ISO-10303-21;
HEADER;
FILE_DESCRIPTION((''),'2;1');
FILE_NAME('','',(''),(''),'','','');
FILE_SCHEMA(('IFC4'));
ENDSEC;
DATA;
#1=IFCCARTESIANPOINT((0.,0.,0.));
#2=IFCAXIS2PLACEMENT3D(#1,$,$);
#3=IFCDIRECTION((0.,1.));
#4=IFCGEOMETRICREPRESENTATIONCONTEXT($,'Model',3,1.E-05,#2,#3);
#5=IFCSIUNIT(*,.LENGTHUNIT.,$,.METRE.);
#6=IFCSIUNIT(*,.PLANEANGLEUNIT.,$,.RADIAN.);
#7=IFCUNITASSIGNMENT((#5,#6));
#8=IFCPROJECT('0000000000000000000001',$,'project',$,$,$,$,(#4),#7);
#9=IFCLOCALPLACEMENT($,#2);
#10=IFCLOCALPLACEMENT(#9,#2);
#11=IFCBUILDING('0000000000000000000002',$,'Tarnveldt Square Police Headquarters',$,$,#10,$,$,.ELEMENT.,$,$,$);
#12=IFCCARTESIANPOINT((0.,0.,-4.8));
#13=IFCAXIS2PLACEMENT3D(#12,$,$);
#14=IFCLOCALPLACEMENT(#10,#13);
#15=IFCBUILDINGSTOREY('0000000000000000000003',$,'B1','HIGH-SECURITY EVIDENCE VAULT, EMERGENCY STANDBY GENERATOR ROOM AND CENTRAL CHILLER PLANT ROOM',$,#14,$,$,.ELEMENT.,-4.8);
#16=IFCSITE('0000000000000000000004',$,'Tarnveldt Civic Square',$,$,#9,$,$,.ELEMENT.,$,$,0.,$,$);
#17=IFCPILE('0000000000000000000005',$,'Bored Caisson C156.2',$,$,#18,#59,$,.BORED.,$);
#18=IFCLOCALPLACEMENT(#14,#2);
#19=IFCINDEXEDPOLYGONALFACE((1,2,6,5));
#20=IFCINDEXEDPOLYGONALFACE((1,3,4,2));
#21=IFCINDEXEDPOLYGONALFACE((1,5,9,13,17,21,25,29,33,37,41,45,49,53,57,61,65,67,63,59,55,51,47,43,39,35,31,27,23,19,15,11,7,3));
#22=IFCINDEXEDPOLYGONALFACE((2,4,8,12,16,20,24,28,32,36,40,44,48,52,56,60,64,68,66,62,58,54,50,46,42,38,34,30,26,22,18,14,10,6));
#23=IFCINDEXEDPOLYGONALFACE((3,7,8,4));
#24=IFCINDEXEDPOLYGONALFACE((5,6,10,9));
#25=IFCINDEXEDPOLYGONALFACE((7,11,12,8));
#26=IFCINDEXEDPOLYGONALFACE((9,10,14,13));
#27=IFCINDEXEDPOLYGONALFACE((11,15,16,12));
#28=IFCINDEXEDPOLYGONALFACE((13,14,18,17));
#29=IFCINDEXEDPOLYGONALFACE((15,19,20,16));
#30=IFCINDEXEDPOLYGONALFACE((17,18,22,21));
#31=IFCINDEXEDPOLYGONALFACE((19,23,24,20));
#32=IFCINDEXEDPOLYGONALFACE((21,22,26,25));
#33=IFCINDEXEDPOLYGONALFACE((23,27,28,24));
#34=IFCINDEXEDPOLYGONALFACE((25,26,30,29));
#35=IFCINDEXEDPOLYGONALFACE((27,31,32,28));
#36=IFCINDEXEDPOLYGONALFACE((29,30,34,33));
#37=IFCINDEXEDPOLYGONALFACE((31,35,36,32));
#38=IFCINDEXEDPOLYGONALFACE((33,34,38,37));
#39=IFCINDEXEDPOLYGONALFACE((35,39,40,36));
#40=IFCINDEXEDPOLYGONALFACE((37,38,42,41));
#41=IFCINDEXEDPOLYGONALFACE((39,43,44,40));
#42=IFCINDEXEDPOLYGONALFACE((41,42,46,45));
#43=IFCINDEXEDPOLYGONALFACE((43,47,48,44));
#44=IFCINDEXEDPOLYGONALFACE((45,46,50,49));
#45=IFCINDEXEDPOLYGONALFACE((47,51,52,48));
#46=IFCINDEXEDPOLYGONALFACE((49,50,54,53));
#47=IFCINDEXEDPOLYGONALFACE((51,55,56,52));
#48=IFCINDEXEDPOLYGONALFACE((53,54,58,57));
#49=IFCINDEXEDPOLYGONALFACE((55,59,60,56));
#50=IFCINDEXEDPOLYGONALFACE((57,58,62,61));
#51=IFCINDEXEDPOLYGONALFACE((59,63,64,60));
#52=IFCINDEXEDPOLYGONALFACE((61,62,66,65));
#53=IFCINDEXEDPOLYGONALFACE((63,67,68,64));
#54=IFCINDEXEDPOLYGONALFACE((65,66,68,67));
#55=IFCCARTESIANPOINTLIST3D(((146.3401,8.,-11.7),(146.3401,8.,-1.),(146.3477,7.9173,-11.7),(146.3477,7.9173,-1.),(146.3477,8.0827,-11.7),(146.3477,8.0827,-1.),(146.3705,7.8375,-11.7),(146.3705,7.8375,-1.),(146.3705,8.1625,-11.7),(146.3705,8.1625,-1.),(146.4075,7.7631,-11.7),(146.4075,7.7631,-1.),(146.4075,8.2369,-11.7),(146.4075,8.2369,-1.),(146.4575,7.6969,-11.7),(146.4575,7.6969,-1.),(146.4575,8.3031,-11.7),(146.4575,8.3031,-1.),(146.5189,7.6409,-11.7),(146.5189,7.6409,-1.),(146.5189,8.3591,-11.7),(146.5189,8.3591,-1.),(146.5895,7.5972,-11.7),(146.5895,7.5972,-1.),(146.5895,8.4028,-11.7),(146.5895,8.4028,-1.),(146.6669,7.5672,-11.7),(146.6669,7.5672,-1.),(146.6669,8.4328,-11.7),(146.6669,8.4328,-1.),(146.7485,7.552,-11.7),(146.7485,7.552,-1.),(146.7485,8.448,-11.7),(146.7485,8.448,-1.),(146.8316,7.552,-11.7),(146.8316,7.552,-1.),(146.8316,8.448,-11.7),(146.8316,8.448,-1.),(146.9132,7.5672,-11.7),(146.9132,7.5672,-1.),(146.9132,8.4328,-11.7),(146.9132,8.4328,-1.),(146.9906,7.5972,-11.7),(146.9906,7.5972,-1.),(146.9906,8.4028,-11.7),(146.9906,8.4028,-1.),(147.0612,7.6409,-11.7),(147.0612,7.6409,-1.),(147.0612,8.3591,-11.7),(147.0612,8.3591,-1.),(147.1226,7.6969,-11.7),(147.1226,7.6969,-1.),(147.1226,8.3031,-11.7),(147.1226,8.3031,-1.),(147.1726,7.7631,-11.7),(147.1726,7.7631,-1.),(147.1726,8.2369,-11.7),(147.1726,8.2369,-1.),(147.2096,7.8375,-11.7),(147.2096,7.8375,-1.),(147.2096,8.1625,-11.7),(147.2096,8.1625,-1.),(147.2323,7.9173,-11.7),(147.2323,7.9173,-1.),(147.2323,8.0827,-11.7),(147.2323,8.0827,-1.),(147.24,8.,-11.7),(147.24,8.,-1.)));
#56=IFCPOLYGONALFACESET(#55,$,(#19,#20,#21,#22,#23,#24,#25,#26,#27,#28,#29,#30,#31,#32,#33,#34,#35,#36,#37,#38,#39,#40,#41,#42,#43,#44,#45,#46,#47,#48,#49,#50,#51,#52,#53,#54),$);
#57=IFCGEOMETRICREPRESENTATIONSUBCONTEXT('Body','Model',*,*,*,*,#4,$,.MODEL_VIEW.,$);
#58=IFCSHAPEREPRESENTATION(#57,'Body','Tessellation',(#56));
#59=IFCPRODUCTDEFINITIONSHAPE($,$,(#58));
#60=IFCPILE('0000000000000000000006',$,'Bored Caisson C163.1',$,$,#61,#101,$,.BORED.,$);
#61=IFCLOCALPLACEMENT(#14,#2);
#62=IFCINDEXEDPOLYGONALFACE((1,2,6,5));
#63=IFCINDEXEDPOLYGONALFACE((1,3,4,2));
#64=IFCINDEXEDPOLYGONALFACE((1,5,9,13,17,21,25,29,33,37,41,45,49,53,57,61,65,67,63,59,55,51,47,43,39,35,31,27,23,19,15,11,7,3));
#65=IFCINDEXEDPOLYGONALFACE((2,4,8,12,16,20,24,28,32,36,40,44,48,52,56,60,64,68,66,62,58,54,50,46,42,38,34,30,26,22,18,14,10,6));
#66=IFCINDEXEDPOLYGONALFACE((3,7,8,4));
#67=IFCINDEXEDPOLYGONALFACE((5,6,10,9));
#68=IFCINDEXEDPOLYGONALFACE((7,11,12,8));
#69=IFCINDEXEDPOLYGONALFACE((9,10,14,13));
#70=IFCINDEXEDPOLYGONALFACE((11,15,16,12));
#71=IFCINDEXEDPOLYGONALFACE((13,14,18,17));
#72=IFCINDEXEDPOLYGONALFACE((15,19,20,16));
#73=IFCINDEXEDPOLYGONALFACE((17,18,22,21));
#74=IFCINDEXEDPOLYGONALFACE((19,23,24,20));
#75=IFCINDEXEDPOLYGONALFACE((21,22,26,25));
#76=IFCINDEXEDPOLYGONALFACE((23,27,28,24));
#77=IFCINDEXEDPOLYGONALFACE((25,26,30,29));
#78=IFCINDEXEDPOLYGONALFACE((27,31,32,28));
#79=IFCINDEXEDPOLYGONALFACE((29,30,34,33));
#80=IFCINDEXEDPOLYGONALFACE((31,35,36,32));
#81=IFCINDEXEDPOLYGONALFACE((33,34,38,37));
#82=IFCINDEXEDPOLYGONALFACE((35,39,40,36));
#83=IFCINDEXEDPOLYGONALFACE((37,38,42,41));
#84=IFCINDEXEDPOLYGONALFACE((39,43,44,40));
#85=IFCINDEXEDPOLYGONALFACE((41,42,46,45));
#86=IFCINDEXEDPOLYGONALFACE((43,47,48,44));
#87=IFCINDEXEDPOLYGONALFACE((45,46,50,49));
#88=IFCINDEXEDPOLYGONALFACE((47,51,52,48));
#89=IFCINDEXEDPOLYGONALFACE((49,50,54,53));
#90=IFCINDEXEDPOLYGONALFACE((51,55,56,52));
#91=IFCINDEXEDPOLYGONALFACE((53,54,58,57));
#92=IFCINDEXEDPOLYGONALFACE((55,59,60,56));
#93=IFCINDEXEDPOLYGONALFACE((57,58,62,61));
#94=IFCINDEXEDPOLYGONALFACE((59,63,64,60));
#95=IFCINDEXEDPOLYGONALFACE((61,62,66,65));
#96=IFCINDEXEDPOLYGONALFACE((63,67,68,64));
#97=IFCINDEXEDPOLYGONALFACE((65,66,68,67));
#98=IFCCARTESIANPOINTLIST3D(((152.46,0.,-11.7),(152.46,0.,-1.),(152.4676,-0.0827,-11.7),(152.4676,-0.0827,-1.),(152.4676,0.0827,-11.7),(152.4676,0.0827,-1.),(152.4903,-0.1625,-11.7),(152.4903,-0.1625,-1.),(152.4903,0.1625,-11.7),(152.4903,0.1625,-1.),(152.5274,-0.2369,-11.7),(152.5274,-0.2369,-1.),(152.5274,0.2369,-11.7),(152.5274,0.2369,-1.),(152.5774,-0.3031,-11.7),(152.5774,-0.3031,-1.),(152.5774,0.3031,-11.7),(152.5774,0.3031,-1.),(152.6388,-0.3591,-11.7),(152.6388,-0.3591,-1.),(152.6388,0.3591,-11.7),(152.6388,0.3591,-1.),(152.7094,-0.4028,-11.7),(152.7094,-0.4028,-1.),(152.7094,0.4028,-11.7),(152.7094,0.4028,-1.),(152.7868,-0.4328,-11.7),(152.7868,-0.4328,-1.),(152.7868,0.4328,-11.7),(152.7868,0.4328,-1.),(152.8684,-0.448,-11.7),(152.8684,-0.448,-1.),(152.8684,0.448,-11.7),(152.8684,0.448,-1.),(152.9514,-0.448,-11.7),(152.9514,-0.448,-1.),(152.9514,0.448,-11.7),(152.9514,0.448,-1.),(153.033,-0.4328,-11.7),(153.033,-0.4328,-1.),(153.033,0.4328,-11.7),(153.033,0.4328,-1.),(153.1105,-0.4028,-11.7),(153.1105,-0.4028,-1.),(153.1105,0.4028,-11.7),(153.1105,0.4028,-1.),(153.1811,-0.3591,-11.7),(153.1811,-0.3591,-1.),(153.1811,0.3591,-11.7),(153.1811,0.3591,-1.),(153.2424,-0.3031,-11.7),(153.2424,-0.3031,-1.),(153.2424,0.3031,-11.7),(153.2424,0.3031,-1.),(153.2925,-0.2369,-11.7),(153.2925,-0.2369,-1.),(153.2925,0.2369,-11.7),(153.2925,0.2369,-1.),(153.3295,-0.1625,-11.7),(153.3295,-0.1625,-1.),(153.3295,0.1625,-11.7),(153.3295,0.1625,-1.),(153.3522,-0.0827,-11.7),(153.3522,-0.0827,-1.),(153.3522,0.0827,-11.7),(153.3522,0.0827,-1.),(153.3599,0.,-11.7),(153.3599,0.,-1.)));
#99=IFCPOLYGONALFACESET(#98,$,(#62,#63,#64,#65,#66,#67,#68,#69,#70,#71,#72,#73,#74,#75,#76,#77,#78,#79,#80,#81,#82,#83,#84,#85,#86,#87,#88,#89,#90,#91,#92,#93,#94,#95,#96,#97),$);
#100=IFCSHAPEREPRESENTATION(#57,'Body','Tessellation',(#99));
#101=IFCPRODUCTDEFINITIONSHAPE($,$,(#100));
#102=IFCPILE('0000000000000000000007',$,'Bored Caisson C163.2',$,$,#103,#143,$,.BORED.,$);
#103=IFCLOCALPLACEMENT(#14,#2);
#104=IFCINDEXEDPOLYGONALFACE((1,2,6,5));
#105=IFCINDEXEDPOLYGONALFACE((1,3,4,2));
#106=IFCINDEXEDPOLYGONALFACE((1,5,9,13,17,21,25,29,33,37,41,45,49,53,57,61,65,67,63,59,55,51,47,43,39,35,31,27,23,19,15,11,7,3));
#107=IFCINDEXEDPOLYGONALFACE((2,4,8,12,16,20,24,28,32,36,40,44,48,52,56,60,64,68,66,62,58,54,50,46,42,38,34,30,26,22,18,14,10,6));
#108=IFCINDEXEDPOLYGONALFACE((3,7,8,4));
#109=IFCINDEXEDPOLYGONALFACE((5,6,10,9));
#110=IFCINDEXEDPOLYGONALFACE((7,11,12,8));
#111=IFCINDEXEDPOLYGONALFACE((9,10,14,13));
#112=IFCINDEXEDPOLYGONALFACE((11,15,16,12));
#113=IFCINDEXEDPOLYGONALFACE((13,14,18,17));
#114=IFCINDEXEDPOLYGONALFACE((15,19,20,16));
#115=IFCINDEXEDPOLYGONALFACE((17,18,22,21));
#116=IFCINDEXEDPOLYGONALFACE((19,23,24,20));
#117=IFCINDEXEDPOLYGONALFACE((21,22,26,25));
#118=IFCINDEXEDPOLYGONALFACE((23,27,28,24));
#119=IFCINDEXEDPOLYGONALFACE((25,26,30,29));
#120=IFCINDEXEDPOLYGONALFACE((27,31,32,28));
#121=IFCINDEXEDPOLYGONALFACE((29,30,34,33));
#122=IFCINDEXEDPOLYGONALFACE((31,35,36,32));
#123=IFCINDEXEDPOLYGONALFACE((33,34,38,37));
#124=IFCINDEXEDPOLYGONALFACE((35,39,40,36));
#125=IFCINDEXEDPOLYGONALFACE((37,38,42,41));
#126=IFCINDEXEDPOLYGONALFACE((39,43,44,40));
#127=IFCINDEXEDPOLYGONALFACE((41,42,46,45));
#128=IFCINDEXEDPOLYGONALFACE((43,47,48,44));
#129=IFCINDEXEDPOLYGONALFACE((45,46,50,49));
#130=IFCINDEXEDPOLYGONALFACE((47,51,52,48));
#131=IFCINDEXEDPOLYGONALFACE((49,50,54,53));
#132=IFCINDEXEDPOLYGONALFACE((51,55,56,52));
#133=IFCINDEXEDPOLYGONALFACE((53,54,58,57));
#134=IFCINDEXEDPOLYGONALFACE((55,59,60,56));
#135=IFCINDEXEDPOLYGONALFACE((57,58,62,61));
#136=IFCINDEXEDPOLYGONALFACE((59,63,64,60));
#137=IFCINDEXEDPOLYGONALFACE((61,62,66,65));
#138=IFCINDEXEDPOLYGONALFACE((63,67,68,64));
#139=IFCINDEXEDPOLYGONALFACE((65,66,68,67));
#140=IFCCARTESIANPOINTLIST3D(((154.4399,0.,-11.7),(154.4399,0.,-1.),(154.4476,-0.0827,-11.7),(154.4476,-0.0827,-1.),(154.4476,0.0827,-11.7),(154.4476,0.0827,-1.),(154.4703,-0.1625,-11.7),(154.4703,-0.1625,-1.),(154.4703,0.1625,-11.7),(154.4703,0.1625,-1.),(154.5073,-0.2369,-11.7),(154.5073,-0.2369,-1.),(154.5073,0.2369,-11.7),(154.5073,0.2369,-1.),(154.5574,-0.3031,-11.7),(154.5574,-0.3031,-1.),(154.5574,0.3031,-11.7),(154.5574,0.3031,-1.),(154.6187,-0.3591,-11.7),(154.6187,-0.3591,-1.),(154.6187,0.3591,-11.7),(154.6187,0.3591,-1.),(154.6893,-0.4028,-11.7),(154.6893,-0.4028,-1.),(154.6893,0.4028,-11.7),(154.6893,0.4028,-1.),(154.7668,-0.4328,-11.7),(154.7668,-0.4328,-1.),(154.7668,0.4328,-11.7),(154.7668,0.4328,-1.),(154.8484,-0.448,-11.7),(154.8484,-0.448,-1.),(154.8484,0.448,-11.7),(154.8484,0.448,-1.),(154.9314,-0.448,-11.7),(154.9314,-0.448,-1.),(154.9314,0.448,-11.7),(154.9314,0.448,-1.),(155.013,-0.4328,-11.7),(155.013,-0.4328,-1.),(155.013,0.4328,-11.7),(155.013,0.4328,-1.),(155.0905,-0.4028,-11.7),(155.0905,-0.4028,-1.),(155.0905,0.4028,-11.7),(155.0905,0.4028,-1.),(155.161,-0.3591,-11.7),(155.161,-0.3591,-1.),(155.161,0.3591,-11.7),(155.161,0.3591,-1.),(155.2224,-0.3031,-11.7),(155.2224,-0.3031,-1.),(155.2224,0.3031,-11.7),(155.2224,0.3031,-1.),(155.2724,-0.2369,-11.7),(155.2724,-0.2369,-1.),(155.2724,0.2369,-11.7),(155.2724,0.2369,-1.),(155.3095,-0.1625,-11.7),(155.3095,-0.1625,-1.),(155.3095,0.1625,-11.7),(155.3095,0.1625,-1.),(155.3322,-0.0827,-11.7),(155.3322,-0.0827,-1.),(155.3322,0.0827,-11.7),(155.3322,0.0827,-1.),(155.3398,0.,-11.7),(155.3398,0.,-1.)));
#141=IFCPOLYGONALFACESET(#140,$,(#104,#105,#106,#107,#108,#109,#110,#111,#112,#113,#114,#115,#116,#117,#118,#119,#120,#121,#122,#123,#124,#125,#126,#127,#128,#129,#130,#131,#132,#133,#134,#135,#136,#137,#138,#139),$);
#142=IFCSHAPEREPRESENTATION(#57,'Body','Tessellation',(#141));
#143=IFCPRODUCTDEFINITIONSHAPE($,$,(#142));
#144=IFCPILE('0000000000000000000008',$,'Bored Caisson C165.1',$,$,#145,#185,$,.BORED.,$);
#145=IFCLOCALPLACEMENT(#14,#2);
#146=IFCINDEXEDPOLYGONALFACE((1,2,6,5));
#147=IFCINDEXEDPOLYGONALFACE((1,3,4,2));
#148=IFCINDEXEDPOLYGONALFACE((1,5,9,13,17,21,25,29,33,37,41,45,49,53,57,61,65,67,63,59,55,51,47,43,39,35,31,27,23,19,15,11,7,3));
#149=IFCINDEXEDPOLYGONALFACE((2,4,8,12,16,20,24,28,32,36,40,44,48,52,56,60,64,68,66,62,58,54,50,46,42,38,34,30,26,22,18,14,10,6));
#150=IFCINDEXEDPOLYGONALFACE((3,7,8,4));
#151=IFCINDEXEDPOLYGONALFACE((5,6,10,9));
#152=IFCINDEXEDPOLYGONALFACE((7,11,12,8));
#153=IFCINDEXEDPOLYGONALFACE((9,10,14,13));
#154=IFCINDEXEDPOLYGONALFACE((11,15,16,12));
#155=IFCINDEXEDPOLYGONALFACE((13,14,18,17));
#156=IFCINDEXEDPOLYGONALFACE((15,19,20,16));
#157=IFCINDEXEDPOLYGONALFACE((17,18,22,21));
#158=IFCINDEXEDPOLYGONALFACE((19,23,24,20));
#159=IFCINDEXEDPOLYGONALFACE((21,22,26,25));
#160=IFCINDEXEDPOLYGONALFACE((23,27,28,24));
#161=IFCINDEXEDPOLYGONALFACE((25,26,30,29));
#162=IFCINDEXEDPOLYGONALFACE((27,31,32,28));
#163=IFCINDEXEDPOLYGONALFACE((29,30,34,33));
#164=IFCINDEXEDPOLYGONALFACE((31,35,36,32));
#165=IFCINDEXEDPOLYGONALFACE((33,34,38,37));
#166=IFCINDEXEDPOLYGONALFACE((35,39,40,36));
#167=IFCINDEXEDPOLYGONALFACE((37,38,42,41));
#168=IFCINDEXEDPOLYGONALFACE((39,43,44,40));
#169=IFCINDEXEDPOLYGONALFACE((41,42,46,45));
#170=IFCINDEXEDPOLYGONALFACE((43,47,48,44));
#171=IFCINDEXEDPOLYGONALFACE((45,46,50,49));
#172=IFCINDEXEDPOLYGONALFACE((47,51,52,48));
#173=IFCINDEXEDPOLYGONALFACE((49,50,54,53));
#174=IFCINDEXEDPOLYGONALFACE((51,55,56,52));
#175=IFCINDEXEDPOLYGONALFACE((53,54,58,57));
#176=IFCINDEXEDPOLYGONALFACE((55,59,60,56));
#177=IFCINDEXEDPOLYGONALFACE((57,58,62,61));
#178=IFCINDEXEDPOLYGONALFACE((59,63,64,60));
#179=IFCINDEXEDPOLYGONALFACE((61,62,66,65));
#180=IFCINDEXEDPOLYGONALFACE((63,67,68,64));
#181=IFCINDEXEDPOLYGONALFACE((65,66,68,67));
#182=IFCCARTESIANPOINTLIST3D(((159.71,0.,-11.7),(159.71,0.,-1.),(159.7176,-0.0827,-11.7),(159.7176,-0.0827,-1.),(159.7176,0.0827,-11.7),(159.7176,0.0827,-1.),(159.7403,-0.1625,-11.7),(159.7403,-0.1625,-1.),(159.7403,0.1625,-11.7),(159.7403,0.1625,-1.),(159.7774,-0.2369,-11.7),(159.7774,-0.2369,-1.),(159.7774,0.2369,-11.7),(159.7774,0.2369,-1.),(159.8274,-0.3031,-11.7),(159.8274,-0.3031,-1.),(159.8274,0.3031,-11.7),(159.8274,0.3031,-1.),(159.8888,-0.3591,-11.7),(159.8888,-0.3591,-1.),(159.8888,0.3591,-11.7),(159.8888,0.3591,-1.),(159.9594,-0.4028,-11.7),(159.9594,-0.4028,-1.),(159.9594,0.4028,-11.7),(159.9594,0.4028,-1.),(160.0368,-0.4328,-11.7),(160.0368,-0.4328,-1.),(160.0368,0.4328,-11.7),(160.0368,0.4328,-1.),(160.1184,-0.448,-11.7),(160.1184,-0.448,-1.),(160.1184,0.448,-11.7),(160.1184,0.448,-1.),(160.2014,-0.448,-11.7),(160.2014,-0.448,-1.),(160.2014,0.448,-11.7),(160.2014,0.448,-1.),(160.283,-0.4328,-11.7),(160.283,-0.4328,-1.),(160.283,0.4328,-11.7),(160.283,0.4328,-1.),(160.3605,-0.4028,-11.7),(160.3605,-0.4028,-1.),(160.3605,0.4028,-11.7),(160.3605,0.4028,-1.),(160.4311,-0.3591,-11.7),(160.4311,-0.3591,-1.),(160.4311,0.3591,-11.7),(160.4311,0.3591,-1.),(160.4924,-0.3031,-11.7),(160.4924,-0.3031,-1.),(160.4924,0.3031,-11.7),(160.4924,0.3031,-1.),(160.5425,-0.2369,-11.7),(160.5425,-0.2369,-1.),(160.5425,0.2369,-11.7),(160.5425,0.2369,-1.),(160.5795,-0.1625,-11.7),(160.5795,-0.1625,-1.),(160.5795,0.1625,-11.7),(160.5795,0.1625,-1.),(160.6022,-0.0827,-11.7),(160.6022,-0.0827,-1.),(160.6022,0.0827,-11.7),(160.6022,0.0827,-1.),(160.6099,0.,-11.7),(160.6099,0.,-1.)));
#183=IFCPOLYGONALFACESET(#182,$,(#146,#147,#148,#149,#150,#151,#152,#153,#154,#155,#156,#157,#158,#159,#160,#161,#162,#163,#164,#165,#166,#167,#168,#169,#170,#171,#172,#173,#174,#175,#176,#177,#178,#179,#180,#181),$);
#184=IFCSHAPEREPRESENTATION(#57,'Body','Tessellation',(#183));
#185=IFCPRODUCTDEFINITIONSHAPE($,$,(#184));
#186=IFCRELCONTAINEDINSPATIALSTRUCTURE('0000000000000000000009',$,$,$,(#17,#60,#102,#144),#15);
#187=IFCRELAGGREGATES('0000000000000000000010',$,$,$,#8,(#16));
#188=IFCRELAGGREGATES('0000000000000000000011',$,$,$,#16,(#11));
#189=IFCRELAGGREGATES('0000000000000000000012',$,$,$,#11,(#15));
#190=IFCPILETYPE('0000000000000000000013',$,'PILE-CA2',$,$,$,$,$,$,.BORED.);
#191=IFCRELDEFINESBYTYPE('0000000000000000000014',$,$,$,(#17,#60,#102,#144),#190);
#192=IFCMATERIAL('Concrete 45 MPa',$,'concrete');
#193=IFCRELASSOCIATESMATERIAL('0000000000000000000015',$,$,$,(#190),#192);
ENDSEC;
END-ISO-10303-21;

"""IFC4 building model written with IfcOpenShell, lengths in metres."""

from ifc_helpers import new_model, si_unit, direction, frame, origin, origin_2d, place, context, subcontext, project, spatial, circle, extrude, material, material_profile, profile_set, type_object, element, save


model = new_model("IFC4")

# Units and contexts
model_context = context("Model", 3, precision=1e-05, world=origin(), true_north=direction((0.0, 1.0)))
body_context = subcontext(model_context, "Body", "Model", "MODEL_VIEW")
ifc_project = project(units=[si_unit("LENGTHUNIT", "METRE"), si_unit("PLANEANGLEUNIT", "RADIAN")], contexts=[model_context])

# Site, building, storey
site_placement = place(None, origin())
site = spatial("IfcSite", under=ifc_project, at=site_placement, Name="Tarnveldt Civic Square", CompositionType="ELEMENT", RefElevation=0.0)
building_placement = place(site_placement, origin())
building = spatial("IfcBuilding", under=site, at=building_placement, Name="Tarnveldt Square Police Headquarters", CompositionType="ELEMENT")
storey_placement = place(building_placement, frame((0.0, 0.0, -4.8)))
storey = spatial("IfcBuildingStorey", under=building, at=storey_placement, Name="B1", Description="HIGH-SECURITY EVIDENCE VAULT, EMERGENCY STANDBY GENERATOR ROOM AND CENTRAL CHILLER PLANT ROOM", CompositionType="ELEMENT", Elevation=-4.8)

# Shared definitions
ifc_material_1 = material(Name="Concrete 45 MPa", Category="concrete")

# Piles
ifc_material_profile_1 = material_profile(ifc_material_1, circle(Radius=0.45, at=origin_2d()), Name="CAISSON-D900")
ifc_profile_set_1 = profile_set([ifc_material_profile_1], Name="Concrete 45 MPa")
pile_type_1 = type_object("IfcPileType", Name="PILE-CA2", PredefinedType="BORED", material=ifc_profile_set_1)
for number, where, z_axis, x_axis, name in (
    (1, (146.79, 8.0, -1.0), (0.0, 0.0, -1.0), (1.0, 0.0, 0.0), "Bored Caisson C156.2"),
    (2, (152.9099, 0.0, -1.0), (0.0, 0.0, -1.0), (1.0, 0.0, 0.0), "Bored Caisson C163.1"),
    (3, (154.8899, 0.0, -1.0), (0.0, 0.0, -1.0), (1.0, 0.0, 0.0), "Bored Caisson C163.2"),
    (4, (160.1599, 0.0, -1.0), (0.0, 0.0, -1.0), (1.0, 0.0, 0.0), "Bored Caisson C165.1"),
):
    element("IfcPile", number, at=place(storey_placement, frame(where, z_axis=z_axis, x_axis=x_axis)), inside=storey, type_object=pile_type_1, Name=name, PredefinedType="BORED", context=body_context, shape_type="SweptSolid", body=[
        extrude(circle(Radius=0.45, at=origin_2d()), origin(), (0.0, 0.0, 1.0), 10.7),
    ])

save(model, "model.ifc")
